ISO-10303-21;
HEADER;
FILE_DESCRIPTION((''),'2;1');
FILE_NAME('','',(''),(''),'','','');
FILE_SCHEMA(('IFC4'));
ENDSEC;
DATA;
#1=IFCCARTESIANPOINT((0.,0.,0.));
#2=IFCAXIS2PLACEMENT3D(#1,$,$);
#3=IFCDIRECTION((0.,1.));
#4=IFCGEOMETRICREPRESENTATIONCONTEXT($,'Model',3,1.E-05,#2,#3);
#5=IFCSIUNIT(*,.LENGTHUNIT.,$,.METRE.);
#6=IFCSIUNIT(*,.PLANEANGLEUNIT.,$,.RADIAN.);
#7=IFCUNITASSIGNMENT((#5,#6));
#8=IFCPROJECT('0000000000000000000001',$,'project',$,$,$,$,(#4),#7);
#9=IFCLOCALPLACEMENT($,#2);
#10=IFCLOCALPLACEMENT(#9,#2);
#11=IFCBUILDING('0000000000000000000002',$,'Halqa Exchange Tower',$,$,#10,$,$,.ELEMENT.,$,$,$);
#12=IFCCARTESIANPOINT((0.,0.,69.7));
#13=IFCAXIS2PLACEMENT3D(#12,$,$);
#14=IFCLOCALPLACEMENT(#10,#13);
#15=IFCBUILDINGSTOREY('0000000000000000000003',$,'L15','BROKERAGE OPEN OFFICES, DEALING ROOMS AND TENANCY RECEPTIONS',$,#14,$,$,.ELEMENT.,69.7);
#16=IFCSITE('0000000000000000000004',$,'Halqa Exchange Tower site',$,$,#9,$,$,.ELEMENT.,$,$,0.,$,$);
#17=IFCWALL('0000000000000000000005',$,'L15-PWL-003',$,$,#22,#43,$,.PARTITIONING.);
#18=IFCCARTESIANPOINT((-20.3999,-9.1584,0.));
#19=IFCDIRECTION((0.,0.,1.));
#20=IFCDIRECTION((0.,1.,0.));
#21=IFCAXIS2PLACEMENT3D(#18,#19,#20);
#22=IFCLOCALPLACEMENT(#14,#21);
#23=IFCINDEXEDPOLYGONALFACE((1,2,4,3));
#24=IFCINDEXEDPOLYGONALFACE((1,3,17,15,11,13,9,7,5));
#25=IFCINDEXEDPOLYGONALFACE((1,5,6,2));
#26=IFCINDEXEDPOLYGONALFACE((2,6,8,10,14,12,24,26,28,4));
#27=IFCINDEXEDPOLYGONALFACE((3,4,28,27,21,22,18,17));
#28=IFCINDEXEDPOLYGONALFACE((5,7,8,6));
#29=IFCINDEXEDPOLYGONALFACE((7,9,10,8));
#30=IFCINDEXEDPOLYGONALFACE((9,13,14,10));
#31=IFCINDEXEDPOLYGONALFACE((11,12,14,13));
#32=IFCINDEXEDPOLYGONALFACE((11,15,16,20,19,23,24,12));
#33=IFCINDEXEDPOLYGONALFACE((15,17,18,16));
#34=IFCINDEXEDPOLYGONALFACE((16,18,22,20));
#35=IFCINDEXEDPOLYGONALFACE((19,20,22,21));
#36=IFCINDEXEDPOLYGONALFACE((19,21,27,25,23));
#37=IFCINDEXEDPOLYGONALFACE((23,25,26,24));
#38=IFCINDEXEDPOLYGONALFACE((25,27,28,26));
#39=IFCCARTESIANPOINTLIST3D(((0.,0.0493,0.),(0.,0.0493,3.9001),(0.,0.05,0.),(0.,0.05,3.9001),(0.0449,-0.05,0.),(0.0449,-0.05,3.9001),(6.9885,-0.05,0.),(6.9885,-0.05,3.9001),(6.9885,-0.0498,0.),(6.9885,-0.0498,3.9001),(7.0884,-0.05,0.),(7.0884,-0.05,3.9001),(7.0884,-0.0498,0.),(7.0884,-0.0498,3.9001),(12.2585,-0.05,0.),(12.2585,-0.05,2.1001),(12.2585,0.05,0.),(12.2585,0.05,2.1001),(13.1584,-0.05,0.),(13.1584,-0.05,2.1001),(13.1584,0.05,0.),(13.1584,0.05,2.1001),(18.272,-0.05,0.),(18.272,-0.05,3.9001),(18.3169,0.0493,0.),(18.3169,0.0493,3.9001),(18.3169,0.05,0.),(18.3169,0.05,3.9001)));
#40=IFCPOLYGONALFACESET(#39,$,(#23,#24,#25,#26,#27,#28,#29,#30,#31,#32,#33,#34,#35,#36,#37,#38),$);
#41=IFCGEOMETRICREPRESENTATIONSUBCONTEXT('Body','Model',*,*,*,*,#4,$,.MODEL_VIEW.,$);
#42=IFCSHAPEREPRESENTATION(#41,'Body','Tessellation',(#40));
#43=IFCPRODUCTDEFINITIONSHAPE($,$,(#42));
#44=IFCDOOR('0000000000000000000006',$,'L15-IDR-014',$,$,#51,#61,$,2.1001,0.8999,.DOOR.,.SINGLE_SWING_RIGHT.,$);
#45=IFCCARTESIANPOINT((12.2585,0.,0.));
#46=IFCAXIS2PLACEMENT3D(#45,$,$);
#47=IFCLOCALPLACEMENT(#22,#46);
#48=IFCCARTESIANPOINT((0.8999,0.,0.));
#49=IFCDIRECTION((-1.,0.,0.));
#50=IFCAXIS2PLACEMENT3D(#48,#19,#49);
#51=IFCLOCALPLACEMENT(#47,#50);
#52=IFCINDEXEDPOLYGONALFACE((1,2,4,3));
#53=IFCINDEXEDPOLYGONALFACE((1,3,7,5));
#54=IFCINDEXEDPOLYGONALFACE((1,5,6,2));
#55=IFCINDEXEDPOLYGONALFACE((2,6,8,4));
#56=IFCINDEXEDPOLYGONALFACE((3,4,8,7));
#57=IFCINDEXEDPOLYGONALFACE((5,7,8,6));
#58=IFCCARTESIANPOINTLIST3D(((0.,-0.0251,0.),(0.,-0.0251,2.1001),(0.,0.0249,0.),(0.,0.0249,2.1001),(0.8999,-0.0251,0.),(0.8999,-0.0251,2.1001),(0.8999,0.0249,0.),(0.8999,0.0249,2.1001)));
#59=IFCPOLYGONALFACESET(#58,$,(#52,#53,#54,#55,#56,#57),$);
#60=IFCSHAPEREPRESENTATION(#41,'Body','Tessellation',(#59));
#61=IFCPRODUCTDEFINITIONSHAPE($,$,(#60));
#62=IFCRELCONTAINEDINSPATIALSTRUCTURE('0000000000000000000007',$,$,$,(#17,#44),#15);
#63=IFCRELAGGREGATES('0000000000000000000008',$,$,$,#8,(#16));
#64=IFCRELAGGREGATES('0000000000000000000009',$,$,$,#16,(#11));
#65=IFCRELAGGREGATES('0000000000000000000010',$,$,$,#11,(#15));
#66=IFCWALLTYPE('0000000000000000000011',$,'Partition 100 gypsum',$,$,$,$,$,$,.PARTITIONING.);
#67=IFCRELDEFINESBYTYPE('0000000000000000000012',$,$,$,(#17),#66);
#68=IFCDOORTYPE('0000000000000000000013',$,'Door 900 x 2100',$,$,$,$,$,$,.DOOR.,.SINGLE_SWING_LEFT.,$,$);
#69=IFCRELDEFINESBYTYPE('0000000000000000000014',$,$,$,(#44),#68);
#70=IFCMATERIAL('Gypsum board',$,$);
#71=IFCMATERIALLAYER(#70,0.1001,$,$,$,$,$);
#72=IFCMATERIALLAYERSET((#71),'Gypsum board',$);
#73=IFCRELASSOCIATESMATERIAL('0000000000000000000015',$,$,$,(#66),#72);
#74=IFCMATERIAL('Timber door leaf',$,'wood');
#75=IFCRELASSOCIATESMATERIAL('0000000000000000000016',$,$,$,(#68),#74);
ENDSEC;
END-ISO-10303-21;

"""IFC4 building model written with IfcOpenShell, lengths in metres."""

from ifc_helpers import new_model, si_unit, direction, frame, frame_2d, origin, place, context, subcontext, project, spatial, polyline, rectangle, outline, extrude, material, layer, layer_set, type_object, element, fill, save


model = new_model("IFC4")

# Units and contexts
model_context = context("Model", 3, precision=1e-05, world=origin(), true_north=direction((0.0, 1.0)))
body_context = subcontext(model_context, "Body", "Model", "MODEL_VIEW")
ifc_project = project(units=[si_unit("LENGTHUNIT", "METRE"), si_unit("PLANEANGLEUNIT", "RADIAN")], contexts=[model_context])

# Site, building, storey
site_placement = place(None, origin())
site = spatial("IfcSite", under=ifc_project, at=site_placement, Name="Halqa Exchange Tower site", CompositionType="ELEMENT", RefElevation=0.0)
building_placement = place(site_placement, origin())
building = spatial("IfcBuilding", under=site, at=building_placement, Name="Halqa Exchange Tower", CompositionType="ELEMENT")
storey_placement = place(building_placement, frame((0.0, 0.0, 69.7)))
storey = spatial("IfcBuildingStorey", under=building, at=storey_placement, Name="L15", Description="BROKERAGE OPEN OFFICES, DEALING ROOMS AND TENANCY RECEPTIONS", CompositionType="ELEMENT", Elevation=69.7)

# Wall, opening, door
ifc_material_1 = material(Name="Gypsum board")
ifc_layer_1 = layer(ifc_material_1, 0.1001)
ifc_layer_set_1 = layer_set([ifc_layer_1], Name="Gypsum board")
wall_type_1 = type_object("IfcWallType", Name="Partition 100 gypsum", PredefinedType="PARTITIONING", material=ifc_layer_set_1)
wall_1_placement = place(storey_placement, frame((-20.3999, -9.1584, 0.0), z_axis=(0.0, 0.0, 1.0), x_axis=(0.0, 1.0, 0.0)))
wall_1 = element("IfcWall", 1, at=wall_1_placement, inside=storey, type_object=wall_type_1, Name="L15-PWL-003", PredefinedType="PARTITIONING", context=body_context, shape_type="SweptSolid", body=[
    extrude(outline(polyline([(0.0449, -0.05), (1.7808, -0.05), (3.5166, -0.05), (5.2527, -0.05), (6.9885, -0.05), (6.9885, -0.0498), (7.0884, -0.0498), (7.0884, -0.05), (8.9524, -0.05), (10.8164, -0.05), (12.6802, -0.05), (14.5442, -0.05), (16.408, -0.05), (18.272, -0.05), (18.3169, 0.0493), (18.3169, 0.05), (16.4851, 0.05), (14.6536, 0.05), (12.8218, 0.05), (10.9902, 0.05), (9.1584, 0.05), (7.3267, 0.05), (5.4951, 0.05), (3.6633, 0.05), (1.8318, 0.05), (0.0, 0.05), (0.0, 0.0493), (0.0449, -0.05)])), origin(), (0.0, 0.0, 1.0), 3.9001),
])
opening_1_placement = place(wall_1_placement, frame((12.2585, 0.0, 0.0)))
opening_1 = element("IfcOpeningElement", 2, at=opening_1_placement, cuts=wall_1, PredefinedType="OPENING", context=body_context, shape_type="SweptSolid", body=[
    extrude(rectangle(XDim=0.8999, YDim=2.1001, at=frame_2d((0.45, 1.05))), frame((0.0, 0.062, 0.0), z_axis=(0.0, -1.0, 0.0), x_axis=(1.0, 0.0, 0.0)), (0.0, 0.0, 1.0), 0.124),
])
ifc_material_2 = material(Name="Timber door leaf", Category="wood")
door_type_1 = type_object("IfcDoorType", Name="Door 900 x 2100", OperationType="SINGLE_SWING_LEFT", PredefinedType="DOOR", material=ifc_material_2)
door_1_placement = place(opening_1_placement, frame((0.8999, 0.0, 0.0), z_axis=(0.0, 0.0, 1.0), x_axis=(-1.0, 0.0, 0.0)))
door_1 = element("IfcDoor", 3, at=door_1_placement, inside=storey, type_object=door_type_1, Name="L15-IDR-014", OperationType="SINGLE_SWING_RIGHT", OverallHeight=2.1001, OverallWidth=0.8999, PredefinedType="DOOR", context=body_context, shape_type="SweptSolid", body=[
    extrude(rectangle(XDim=0.8999, YDim=2.1001, at=frame_2d((0.45, 1.05))), frame((0.0, 0.0249, 0.0), z_axis=(0.0, -1.0, 0.0), x_axis=(1.0, 0.0, 0.0)), (0.0, 0.0, 1.0), 0.05),
])
fill(opening_1, door_1)

save(model, "model.ifc")
